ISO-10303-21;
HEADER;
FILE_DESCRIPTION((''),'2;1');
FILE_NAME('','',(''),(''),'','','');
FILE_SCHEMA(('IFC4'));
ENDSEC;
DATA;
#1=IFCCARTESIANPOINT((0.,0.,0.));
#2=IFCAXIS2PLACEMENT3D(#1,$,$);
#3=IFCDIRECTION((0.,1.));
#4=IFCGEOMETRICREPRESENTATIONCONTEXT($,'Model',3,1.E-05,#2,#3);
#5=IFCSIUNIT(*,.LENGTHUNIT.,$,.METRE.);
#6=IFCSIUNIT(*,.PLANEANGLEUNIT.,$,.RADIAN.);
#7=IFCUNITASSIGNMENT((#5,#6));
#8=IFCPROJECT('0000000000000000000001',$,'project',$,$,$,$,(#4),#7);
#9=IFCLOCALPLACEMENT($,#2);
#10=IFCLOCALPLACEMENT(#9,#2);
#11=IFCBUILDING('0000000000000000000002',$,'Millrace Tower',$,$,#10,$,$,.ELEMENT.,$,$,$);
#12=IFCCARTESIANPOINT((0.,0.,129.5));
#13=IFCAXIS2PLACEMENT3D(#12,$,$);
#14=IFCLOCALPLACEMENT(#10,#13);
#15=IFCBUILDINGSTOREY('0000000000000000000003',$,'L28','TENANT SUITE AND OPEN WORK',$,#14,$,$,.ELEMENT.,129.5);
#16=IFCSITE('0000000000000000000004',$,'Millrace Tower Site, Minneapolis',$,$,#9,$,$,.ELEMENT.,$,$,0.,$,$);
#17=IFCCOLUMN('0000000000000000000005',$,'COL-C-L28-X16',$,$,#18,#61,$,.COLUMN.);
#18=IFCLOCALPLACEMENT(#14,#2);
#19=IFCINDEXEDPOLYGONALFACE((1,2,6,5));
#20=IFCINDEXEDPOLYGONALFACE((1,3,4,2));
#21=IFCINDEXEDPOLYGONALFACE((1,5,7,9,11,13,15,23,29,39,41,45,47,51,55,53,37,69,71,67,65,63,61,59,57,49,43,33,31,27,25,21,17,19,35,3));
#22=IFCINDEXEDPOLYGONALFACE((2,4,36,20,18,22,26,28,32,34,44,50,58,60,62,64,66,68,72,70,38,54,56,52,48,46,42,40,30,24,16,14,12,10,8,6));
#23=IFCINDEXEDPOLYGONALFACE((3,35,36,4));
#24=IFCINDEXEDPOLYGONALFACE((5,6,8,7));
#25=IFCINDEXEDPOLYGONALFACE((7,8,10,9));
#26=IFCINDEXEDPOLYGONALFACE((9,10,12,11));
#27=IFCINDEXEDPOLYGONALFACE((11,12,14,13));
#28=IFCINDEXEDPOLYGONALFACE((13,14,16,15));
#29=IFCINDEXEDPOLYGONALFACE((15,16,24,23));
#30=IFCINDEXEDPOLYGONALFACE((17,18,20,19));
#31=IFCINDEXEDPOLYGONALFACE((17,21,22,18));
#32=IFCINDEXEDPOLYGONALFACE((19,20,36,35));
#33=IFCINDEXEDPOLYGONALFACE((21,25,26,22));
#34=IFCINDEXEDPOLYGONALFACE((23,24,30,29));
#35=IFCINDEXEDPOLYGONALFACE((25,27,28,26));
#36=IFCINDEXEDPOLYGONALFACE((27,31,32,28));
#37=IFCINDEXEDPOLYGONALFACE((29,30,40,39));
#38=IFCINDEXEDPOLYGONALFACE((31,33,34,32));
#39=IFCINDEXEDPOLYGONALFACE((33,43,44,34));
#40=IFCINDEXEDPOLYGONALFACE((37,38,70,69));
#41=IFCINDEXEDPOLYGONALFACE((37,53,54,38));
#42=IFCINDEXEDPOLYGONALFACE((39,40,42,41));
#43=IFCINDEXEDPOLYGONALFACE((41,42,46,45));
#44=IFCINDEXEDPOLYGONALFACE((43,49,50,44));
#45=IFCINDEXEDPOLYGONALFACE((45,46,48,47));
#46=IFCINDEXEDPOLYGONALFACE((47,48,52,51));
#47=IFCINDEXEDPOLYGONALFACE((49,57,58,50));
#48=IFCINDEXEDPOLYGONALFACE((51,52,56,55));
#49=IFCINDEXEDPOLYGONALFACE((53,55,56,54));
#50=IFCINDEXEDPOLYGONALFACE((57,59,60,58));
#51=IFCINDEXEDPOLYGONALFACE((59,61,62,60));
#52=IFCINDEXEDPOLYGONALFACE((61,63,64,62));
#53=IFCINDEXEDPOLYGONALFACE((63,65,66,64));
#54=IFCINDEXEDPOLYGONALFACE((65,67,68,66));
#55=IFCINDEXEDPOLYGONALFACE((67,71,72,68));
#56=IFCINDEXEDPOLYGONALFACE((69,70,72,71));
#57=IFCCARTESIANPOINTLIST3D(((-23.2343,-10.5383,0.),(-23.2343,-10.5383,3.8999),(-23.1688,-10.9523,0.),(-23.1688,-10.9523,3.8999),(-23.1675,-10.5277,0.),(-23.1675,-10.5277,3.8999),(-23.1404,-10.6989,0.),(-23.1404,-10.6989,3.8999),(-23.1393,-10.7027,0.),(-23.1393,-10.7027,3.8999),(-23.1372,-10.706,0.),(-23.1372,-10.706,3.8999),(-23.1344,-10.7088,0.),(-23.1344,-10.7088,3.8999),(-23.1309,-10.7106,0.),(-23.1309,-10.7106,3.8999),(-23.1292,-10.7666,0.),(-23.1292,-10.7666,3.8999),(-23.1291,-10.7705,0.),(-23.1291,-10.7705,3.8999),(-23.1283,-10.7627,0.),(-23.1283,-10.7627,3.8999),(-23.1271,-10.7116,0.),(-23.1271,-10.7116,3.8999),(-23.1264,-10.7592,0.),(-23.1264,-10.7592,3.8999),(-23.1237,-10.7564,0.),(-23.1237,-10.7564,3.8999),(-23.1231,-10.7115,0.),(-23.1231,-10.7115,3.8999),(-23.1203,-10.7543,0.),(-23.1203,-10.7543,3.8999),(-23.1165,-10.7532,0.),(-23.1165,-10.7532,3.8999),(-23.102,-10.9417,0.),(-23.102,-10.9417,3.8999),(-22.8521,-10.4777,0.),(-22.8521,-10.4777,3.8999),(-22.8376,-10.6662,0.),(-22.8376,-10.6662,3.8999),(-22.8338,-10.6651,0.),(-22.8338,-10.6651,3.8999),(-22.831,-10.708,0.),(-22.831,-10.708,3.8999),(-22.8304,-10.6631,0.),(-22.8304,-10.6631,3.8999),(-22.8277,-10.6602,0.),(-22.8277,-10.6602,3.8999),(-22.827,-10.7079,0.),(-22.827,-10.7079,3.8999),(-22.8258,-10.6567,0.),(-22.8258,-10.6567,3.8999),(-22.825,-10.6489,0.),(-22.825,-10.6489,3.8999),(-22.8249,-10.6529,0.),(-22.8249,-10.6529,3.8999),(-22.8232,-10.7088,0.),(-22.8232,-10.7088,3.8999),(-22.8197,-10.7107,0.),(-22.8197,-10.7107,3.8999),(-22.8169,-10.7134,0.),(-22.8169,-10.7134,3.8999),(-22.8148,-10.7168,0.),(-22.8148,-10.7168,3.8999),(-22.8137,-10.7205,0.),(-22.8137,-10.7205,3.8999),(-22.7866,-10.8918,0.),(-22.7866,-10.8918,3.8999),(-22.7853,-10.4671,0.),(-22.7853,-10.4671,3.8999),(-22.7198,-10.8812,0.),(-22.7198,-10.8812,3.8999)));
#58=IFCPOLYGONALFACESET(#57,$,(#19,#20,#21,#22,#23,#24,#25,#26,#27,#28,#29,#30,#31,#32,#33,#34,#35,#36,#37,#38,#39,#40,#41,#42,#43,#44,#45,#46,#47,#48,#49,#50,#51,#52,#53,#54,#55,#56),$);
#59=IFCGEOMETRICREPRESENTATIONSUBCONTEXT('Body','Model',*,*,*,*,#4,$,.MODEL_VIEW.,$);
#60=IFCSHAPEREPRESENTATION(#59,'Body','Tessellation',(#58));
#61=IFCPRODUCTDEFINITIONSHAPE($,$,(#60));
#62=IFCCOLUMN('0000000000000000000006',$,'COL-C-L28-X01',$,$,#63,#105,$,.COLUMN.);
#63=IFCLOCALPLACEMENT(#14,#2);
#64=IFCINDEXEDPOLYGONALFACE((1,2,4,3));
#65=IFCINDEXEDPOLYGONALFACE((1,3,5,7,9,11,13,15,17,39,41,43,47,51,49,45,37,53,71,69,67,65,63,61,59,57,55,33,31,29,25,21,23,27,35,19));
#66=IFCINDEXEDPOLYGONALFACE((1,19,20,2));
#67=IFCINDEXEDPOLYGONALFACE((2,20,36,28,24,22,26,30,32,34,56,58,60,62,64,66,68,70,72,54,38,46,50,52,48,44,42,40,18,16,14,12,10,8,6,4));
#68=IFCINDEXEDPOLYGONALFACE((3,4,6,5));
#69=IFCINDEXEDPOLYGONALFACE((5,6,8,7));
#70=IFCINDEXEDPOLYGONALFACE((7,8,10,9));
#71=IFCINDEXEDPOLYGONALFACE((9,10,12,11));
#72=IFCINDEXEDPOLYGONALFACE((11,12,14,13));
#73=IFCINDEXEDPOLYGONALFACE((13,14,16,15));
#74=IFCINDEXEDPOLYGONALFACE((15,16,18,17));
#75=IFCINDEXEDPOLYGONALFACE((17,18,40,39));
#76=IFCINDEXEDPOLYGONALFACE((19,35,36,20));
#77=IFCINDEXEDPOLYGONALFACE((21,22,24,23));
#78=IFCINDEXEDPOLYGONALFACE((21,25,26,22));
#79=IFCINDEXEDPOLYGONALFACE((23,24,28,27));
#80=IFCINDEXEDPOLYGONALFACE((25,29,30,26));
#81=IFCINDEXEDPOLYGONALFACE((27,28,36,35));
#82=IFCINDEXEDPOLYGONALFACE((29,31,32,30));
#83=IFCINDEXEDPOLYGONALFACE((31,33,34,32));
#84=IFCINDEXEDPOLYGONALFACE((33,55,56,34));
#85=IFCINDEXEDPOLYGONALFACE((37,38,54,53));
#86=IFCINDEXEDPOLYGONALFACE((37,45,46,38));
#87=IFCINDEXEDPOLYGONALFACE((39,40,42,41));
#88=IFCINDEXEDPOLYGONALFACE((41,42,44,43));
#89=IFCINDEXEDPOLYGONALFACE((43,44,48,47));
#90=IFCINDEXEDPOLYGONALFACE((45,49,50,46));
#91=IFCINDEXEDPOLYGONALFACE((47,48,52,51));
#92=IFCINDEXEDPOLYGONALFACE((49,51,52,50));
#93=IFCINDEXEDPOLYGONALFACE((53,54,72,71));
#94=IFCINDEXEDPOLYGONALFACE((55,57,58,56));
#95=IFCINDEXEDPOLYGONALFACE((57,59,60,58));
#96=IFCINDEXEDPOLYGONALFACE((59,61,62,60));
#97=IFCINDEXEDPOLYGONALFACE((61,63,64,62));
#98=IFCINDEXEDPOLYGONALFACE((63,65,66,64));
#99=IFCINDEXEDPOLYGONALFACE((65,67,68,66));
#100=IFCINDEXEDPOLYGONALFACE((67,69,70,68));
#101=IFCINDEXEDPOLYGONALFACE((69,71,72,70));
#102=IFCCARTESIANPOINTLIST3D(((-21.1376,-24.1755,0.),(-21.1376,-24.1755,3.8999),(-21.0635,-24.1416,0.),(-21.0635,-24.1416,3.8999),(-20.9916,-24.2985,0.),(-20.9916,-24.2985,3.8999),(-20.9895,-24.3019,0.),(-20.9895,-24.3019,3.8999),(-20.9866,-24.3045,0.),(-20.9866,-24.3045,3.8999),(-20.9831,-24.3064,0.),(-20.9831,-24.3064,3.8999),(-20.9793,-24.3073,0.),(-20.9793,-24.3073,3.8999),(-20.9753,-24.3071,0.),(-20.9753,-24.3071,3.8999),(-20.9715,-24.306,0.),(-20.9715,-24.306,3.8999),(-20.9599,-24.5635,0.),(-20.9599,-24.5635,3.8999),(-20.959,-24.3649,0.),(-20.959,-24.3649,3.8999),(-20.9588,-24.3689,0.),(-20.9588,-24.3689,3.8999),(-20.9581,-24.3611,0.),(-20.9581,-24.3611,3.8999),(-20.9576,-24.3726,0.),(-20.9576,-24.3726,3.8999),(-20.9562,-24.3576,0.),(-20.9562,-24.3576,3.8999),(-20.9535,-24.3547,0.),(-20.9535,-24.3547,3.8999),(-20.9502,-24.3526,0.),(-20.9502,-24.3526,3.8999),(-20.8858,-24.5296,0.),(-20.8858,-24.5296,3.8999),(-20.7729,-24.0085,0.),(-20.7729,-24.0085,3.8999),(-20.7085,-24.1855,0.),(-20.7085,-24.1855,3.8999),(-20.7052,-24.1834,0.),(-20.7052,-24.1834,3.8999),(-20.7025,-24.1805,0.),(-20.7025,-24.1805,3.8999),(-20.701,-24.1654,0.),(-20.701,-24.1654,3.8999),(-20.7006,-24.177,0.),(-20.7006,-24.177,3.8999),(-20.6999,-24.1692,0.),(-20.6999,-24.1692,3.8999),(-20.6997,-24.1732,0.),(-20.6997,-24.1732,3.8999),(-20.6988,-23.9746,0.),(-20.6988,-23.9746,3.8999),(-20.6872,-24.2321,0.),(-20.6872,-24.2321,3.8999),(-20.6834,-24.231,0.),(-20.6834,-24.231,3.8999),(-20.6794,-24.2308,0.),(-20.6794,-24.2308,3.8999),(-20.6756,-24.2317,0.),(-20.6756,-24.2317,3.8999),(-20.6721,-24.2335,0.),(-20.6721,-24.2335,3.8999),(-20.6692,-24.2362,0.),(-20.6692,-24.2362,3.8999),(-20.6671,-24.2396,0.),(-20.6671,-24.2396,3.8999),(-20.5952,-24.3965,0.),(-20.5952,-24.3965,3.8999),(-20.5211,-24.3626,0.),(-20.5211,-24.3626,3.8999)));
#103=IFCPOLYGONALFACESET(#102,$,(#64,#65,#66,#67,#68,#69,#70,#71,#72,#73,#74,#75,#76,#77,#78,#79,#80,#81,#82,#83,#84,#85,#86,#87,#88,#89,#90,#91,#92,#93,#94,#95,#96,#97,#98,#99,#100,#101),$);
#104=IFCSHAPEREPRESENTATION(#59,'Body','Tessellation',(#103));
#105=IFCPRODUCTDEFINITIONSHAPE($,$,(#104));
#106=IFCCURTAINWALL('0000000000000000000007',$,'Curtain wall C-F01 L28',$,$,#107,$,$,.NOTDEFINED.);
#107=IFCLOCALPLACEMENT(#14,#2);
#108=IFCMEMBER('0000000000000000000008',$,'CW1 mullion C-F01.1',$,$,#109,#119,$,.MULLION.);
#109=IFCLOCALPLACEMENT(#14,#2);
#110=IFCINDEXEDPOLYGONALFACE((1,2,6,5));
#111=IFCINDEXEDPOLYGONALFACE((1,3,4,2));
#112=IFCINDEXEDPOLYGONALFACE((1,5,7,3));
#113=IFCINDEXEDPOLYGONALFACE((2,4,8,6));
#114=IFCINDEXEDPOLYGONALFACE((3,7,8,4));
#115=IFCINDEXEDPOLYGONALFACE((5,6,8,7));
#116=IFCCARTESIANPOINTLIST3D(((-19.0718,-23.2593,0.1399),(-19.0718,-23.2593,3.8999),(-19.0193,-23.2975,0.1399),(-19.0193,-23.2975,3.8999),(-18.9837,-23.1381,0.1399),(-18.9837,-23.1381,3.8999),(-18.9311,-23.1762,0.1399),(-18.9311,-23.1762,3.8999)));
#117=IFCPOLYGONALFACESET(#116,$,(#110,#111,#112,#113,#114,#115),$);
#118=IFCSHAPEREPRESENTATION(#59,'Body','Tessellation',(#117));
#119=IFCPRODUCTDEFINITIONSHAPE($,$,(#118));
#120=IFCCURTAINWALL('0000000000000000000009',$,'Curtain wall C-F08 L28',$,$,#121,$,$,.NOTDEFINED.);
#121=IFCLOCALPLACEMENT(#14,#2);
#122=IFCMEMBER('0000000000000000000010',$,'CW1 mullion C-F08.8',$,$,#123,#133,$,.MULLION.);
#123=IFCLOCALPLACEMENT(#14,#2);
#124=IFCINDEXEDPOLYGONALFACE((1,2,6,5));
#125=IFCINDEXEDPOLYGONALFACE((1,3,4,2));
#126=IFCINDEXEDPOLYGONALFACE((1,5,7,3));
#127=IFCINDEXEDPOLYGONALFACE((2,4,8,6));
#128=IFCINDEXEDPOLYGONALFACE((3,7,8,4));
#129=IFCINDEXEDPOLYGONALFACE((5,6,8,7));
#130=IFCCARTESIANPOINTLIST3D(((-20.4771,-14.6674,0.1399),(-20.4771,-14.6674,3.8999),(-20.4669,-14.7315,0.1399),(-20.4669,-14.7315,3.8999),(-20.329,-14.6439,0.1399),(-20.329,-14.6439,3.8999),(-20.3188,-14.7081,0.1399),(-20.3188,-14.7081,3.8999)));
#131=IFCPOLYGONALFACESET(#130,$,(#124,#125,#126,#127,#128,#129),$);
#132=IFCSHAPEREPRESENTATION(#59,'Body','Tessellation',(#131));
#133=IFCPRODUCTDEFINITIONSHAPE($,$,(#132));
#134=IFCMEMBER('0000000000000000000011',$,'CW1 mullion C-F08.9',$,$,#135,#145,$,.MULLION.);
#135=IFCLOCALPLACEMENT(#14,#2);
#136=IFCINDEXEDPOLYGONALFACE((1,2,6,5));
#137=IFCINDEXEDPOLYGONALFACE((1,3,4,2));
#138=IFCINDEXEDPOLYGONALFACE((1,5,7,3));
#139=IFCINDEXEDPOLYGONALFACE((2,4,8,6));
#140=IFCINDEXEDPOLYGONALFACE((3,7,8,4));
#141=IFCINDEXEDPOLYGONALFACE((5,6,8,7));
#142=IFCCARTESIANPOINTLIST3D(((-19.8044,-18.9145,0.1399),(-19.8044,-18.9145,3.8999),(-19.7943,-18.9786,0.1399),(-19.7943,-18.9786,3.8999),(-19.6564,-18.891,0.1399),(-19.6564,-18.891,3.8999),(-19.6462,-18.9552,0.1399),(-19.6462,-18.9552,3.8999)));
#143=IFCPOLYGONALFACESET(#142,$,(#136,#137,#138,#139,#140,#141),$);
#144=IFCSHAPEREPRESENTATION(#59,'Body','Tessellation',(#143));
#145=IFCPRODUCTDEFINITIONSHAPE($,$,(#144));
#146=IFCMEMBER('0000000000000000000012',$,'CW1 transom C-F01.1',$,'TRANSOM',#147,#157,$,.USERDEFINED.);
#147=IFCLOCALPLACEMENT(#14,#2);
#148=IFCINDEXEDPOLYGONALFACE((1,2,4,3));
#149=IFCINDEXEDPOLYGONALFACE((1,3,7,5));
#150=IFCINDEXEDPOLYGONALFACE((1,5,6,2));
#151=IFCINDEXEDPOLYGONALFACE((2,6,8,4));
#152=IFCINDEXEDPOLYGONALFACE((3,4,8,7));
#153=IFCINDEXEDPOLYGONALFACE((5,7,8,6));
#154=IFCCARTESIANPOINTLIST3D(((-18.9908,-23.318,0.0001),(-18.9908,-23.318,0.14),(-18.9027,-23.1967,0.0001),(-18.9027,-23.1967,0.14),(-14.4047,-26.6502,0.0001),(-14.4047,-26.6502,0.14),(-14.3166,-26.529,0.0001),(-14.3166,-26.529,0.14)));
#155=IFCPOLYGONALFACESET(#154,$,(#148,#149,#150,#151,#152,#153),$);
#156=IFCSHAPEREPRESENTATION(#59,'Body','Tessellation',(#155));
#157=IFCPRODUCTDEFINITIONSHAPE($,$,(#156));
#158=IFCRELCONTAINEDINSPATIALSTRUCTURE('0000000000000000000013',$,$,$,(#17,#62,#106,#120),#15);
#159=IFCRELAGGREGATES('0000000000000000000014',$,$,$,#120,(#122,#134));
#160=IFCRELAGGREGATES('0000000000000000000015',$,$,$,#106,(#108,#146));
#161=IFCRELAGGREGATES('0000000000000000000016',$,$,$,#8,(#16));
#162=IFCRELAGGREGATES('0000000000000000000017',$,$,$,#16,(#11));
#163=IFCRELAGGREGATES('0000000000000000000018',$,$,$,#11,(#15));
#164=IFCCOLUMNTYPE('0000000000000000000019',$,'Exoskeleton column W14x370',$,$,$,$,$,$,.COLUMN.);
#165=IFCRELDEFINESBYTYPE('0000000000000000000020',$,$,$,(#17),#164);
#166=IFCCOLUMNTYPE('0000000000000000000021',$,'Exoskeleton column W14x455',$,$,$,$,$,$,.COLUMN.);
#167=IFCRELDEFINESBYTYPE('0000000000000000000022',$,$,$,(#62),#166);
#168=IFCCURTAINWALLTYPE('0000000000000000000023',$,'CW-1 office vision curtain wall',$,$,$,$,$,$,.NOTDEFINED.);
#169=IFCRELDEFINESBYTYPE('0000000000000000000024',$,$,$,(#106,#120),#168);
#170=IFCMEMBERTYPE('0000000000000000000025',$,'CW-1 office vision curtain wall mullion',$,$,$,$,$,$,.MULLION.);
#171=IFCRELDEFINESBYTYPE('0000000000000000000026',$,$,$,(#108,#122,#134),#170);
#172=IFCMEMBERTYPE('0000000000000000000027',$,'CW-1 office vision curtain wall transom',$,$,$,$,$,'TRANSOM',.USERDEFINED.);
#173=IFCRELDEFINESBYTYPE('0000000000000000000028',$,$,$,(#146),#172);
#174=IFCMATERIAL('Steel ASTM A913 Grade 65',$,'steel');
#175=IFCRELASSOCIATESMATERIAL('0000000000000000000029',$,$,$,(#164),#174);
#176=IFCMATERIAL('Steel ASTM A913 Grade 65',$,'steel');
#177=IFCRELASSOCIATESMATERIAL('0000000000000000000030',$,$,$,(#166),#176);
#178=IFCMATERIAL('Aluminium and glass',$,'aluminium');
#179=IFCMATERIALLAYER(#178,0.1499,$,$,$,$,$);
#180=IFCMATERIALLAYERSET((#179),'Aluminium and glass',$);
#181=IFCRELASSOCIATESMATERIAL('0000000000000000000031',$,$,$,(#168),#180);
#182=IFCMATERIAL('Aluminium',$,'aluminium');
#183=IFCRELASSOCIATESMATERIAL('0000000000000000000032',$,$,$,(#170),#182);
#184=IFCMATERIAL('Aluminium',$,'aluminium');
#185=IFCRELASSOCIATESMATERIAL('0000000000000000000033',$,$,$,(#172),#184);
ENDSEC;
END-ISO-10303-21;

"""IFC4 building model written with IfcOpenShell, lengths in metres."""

from ifc_helpers import new_model, si_unit, direction, frame, origin, origin_2d, place, context, subcontext, project, spatial, rectangle, i_section, extrude, material, layer, layer_set, material_profile, profile_set, type_object, element, aggregate, save


model = new_model("IFC4")

# Units and contexts
model_context = context("Model", 3, precision=1e-05, world=origin(), true_north=direction((0.0, 1.0)))
body_context = subcontext(model_context, "Body", "Model", "MODEL_VIEW")
ifc_project = project(units=[si_unit("LENGTHUNIT", "METRE"), si_unit("PLANEANGLEUNIT", "RADIAN")], contexts=[model_context])

# Site, building, storey
site_placement = place(None, origin())
site = spatial("IfcSite", under=ifc_project, at=site_placement, Name="Millrace Tower Site, Minneapolis", CompositionType="ELEMENT", RefElevation=0.0)
building_placement = place(site_placement, origin())
building = spatial("IfcBuilding", under=site, at=building_placement, Name="Millrace Tower", CompositionType="ELEMENT")
storey_placement = place(building_placement, frame((0.0, 0.0, 129.5)))
storey = spatial("IfcBuildingStorey", under=building, at=storey_placement, Name="L28", Description="TENANT SUITE AND OPEN WORK", CompositionType="ELEMENT", Elevation=129.5)

# Columns
ifc_material_1 = material(Name="Steel ASTM A913 Grade 65", Category="steel")
ifc_material_profile_1 = material_profile(ifc_material_1, i_section(OverallWidth=0.4192, OverallDepth=0.4546, WebThickness=0.0422, FlangeThickness=0.0676, FilletRadius=0.0151, at=origin_2d()))
ifc_profile_set_1 = profile_set([ifc_material_profile_1], Name="Steel ASTM A913 Grade 65")
column_type_1 = type_object("IfcColumnType", Name="Exoskeleton column W14x370", PredefinedType="COLUMN", material=ifc_profile_set_1)
column_1_placement = place(storey_placement, frame((-22.9771, -10.7097, 0.0), z_axis=(0.0, 0.0, 1.0), x_axis=(0.156434, -0.987688, 0.0)))
element("IfcColumn", 1, at=column_1_placement, inside=storey, type_object=column_type_1, Name="COL-C-L28-X16", PredefinedType="COLUMN", context=body_context, shape_type="SweptSolid", body=[
    extrude(i_section(OverallWidth=0.4192, OverallDepth=0.4546, WebThickness=0.0422, FlangeThickness=0.0676, FilletRadius=0.0151, at=origin_2d()), origin(), (0.0, 0.0, 1.0), 3.8999),
])
ifc_material_2 = material(Name="Steel ASTM A913 Grade 65", Category="steel")
ifc_material_profile_2 = material_profile(ifc_material_2, i_section(OverallWidth=0.4268, OverallDepth=0.4827, WebThickness=0.0513, FlangeThickness=0.0815, FilletRadius=0.0151, at=origin_2d()))
ifc_profile_set_2 = profile_set([ifc_material_profile_2], Name="Steel ASTM A913 Grade 65")
column_type_2 = type_object("IfcColumnType", Name="Exoskeleton column W14x455", PredefinedType="COLUMN", material=ifc_profile_set_2)
column_2_placement = place(storey_placement, frame((-20.8293, -24.269, 0.0), z_axis=(0.0, 0.0, 1.0), x_axis=(0.416401, -0.909181, 0.0)))
element("IfcColumn", 2, at=column_2_placement, inside=storey, type_object=column_type_2, Name="COL-C-L28-X01", PredefinedType="COLUMN", context=body_context, shape_type="SweptSolid", body=[
    extrude(i_section(OverallWidth=0.4268, OverallDepth=0.4827, WebThickness=0.0513, FlangeThickness=0.0815, FilletRadius=0.0151, at=origin_2d()), origin(), (0.0, 0.0, 1.0), 3.8999),
])

# Curtain wall, member
ifc_material_3 = material(Name="Aluminium and glass", Category="aluminium")
ifc_layer_1 = layer(ifc_material_3, 0.1499)
ifc_layer_set_1 = layer_set([ifc_layer_1], Name="Aluminium and glass")
curtain_wall_type = type_object("IfcCurtainWallType", Name="CW-1 office vision curtain wall", PredefinedType="NOTDEFINED", material=ifc_layer_set_1)
placement = place(storey_placement, origin())
curtain_wall_1 = element("IfcCurtainWall", 3, at=placement, inside=storey, type_object=curtain_wall_type, Name="Curtain wall C-F01 L28", PredefinedType="NOTDEFINED")
ifc_material_4 = material(Name="Aluminium", Category="aluminium")
ifc_material_profile_3 = material_profile(ifc_material_4, rectangle(XDim=0.0649, YDim=0.1499, at=origin_2d()))
ifc_profile_set_3 = profile_set([ifc_material_profile_3], Name="Aluminium")
member_type_1 = type_object("IfcMemberType", Name="CW-1 office vision curtain wall mullion", PredefinedType="MULLION", material=ifc_profile_set_3)
member_1_placement = place(storey_placement, frame((-19.0015, -23.2178, 0.1399), z_axis=(0.0, 0.0, 1.0), x_axis=(0.809017, -0.587785, 0.0)))
member_1 = element("IfcMember", 4, at=member_1_placement, type_object=member_type_1, Name="CW1 mullion C-F01.1", PredefinedType="MULLION", context=body_context, shape_type="SweptSolid", body=[
    extrude(rectangle(XDim=0.0649, YDim=0.1499, at=origin_2d()), origin(), (0.0, 0.0, 1.0), 3.76),
])

# Curtain wall, members
curtain_wall_2 = element("IfcCurtainWall", 5, at=placement, inside=storey, type_object=curtain_wall_type, Name="Curtain wall C-F08 L28", PredefinedType="NOTDEFINED")
member_2_placement = place(storey_placement, frame((-20.3979, -14.6877, 0.1399), z_axis=(0.0, 0.0, 1.0), x_axis=(0.156434, -0.987688, 0.0)))
member_2 = element("IfcMember", 6, at=member_2_placement, type_object=member_type_1, Name="CW1 mullion C-F08.8", PredefinedType="MULLION", context=body_context, shape_type="SweptSolid", body=[
    extrude(rectangle(XDim=0.0649, YDim=0.1499, at=origin_2d()), origin(), (0.0, 0.0, 1.0), 3.76),
])
member_3_placement = place(storey_placement, frame((-19.7253, -18.9348, 0.1399), z_axis=(0.0, 0.0, 1.0), x_axis=(0.156434, -0.987688, 0.0)))
member_3 = element("IfcMember", 7, at=member_3_placement, type_object=member_type_1, Name="CW1 mullion C-F08.9", PredefinedType="MULLION", context=body_context, shape_type="SweptSolid", body=[
    extrude(rectangle(XDim=0.0649, YDim=0.1499, at=origin_2d()), origin(), (0.0, 0.0, 1.0), 3.76),
])
aggregate(curtain_wall_2, [member_2, member_3])

# Member
ifc_material_5 = material(Name="Aluminium", Category="aluminium")
ifc_material_profile_4 = material_profile(ifc_material_5, rectangle(XDim=0.1499, YDim=0.1399, at=origin_2d()))
ifc_profile_set_4 = profile_set([ifc_material_profile_4], Name="Aluminium")
member_type_2 = type_object("IfcMemberType", Name="CW-1 office vision curtain wall transom", ElementType="TRANSOM", PredefinedType="USERDEFINED", material=ifc_profile_set_4)
member_4_placement = place(storey_placement, frame((-18.9468, -23.2573, 0.0701), z_axis=(0.808999, -0.587811, 0.0), x_axis=(0.587811, 0.808999, 0.0)))
member_4 = element("IfcMember", 8, at=member_4_placement, type_object=member_type_2, Name="CW1 transom C-F01.1", ObjectType="TRANSOM", PredefinedType="USERDEFINED", context=body_context, shape_type="SweptSolid", body=[
    extrude(rectangle(XDim=0.1499, YDim=0.1399, at=origin_2d()), origin(), (0.0, 0.0, 1.0), 5.6689),
])
aggregate(curtain_wall_1, [member_1, member_4])

save(model, "model.ifc")
